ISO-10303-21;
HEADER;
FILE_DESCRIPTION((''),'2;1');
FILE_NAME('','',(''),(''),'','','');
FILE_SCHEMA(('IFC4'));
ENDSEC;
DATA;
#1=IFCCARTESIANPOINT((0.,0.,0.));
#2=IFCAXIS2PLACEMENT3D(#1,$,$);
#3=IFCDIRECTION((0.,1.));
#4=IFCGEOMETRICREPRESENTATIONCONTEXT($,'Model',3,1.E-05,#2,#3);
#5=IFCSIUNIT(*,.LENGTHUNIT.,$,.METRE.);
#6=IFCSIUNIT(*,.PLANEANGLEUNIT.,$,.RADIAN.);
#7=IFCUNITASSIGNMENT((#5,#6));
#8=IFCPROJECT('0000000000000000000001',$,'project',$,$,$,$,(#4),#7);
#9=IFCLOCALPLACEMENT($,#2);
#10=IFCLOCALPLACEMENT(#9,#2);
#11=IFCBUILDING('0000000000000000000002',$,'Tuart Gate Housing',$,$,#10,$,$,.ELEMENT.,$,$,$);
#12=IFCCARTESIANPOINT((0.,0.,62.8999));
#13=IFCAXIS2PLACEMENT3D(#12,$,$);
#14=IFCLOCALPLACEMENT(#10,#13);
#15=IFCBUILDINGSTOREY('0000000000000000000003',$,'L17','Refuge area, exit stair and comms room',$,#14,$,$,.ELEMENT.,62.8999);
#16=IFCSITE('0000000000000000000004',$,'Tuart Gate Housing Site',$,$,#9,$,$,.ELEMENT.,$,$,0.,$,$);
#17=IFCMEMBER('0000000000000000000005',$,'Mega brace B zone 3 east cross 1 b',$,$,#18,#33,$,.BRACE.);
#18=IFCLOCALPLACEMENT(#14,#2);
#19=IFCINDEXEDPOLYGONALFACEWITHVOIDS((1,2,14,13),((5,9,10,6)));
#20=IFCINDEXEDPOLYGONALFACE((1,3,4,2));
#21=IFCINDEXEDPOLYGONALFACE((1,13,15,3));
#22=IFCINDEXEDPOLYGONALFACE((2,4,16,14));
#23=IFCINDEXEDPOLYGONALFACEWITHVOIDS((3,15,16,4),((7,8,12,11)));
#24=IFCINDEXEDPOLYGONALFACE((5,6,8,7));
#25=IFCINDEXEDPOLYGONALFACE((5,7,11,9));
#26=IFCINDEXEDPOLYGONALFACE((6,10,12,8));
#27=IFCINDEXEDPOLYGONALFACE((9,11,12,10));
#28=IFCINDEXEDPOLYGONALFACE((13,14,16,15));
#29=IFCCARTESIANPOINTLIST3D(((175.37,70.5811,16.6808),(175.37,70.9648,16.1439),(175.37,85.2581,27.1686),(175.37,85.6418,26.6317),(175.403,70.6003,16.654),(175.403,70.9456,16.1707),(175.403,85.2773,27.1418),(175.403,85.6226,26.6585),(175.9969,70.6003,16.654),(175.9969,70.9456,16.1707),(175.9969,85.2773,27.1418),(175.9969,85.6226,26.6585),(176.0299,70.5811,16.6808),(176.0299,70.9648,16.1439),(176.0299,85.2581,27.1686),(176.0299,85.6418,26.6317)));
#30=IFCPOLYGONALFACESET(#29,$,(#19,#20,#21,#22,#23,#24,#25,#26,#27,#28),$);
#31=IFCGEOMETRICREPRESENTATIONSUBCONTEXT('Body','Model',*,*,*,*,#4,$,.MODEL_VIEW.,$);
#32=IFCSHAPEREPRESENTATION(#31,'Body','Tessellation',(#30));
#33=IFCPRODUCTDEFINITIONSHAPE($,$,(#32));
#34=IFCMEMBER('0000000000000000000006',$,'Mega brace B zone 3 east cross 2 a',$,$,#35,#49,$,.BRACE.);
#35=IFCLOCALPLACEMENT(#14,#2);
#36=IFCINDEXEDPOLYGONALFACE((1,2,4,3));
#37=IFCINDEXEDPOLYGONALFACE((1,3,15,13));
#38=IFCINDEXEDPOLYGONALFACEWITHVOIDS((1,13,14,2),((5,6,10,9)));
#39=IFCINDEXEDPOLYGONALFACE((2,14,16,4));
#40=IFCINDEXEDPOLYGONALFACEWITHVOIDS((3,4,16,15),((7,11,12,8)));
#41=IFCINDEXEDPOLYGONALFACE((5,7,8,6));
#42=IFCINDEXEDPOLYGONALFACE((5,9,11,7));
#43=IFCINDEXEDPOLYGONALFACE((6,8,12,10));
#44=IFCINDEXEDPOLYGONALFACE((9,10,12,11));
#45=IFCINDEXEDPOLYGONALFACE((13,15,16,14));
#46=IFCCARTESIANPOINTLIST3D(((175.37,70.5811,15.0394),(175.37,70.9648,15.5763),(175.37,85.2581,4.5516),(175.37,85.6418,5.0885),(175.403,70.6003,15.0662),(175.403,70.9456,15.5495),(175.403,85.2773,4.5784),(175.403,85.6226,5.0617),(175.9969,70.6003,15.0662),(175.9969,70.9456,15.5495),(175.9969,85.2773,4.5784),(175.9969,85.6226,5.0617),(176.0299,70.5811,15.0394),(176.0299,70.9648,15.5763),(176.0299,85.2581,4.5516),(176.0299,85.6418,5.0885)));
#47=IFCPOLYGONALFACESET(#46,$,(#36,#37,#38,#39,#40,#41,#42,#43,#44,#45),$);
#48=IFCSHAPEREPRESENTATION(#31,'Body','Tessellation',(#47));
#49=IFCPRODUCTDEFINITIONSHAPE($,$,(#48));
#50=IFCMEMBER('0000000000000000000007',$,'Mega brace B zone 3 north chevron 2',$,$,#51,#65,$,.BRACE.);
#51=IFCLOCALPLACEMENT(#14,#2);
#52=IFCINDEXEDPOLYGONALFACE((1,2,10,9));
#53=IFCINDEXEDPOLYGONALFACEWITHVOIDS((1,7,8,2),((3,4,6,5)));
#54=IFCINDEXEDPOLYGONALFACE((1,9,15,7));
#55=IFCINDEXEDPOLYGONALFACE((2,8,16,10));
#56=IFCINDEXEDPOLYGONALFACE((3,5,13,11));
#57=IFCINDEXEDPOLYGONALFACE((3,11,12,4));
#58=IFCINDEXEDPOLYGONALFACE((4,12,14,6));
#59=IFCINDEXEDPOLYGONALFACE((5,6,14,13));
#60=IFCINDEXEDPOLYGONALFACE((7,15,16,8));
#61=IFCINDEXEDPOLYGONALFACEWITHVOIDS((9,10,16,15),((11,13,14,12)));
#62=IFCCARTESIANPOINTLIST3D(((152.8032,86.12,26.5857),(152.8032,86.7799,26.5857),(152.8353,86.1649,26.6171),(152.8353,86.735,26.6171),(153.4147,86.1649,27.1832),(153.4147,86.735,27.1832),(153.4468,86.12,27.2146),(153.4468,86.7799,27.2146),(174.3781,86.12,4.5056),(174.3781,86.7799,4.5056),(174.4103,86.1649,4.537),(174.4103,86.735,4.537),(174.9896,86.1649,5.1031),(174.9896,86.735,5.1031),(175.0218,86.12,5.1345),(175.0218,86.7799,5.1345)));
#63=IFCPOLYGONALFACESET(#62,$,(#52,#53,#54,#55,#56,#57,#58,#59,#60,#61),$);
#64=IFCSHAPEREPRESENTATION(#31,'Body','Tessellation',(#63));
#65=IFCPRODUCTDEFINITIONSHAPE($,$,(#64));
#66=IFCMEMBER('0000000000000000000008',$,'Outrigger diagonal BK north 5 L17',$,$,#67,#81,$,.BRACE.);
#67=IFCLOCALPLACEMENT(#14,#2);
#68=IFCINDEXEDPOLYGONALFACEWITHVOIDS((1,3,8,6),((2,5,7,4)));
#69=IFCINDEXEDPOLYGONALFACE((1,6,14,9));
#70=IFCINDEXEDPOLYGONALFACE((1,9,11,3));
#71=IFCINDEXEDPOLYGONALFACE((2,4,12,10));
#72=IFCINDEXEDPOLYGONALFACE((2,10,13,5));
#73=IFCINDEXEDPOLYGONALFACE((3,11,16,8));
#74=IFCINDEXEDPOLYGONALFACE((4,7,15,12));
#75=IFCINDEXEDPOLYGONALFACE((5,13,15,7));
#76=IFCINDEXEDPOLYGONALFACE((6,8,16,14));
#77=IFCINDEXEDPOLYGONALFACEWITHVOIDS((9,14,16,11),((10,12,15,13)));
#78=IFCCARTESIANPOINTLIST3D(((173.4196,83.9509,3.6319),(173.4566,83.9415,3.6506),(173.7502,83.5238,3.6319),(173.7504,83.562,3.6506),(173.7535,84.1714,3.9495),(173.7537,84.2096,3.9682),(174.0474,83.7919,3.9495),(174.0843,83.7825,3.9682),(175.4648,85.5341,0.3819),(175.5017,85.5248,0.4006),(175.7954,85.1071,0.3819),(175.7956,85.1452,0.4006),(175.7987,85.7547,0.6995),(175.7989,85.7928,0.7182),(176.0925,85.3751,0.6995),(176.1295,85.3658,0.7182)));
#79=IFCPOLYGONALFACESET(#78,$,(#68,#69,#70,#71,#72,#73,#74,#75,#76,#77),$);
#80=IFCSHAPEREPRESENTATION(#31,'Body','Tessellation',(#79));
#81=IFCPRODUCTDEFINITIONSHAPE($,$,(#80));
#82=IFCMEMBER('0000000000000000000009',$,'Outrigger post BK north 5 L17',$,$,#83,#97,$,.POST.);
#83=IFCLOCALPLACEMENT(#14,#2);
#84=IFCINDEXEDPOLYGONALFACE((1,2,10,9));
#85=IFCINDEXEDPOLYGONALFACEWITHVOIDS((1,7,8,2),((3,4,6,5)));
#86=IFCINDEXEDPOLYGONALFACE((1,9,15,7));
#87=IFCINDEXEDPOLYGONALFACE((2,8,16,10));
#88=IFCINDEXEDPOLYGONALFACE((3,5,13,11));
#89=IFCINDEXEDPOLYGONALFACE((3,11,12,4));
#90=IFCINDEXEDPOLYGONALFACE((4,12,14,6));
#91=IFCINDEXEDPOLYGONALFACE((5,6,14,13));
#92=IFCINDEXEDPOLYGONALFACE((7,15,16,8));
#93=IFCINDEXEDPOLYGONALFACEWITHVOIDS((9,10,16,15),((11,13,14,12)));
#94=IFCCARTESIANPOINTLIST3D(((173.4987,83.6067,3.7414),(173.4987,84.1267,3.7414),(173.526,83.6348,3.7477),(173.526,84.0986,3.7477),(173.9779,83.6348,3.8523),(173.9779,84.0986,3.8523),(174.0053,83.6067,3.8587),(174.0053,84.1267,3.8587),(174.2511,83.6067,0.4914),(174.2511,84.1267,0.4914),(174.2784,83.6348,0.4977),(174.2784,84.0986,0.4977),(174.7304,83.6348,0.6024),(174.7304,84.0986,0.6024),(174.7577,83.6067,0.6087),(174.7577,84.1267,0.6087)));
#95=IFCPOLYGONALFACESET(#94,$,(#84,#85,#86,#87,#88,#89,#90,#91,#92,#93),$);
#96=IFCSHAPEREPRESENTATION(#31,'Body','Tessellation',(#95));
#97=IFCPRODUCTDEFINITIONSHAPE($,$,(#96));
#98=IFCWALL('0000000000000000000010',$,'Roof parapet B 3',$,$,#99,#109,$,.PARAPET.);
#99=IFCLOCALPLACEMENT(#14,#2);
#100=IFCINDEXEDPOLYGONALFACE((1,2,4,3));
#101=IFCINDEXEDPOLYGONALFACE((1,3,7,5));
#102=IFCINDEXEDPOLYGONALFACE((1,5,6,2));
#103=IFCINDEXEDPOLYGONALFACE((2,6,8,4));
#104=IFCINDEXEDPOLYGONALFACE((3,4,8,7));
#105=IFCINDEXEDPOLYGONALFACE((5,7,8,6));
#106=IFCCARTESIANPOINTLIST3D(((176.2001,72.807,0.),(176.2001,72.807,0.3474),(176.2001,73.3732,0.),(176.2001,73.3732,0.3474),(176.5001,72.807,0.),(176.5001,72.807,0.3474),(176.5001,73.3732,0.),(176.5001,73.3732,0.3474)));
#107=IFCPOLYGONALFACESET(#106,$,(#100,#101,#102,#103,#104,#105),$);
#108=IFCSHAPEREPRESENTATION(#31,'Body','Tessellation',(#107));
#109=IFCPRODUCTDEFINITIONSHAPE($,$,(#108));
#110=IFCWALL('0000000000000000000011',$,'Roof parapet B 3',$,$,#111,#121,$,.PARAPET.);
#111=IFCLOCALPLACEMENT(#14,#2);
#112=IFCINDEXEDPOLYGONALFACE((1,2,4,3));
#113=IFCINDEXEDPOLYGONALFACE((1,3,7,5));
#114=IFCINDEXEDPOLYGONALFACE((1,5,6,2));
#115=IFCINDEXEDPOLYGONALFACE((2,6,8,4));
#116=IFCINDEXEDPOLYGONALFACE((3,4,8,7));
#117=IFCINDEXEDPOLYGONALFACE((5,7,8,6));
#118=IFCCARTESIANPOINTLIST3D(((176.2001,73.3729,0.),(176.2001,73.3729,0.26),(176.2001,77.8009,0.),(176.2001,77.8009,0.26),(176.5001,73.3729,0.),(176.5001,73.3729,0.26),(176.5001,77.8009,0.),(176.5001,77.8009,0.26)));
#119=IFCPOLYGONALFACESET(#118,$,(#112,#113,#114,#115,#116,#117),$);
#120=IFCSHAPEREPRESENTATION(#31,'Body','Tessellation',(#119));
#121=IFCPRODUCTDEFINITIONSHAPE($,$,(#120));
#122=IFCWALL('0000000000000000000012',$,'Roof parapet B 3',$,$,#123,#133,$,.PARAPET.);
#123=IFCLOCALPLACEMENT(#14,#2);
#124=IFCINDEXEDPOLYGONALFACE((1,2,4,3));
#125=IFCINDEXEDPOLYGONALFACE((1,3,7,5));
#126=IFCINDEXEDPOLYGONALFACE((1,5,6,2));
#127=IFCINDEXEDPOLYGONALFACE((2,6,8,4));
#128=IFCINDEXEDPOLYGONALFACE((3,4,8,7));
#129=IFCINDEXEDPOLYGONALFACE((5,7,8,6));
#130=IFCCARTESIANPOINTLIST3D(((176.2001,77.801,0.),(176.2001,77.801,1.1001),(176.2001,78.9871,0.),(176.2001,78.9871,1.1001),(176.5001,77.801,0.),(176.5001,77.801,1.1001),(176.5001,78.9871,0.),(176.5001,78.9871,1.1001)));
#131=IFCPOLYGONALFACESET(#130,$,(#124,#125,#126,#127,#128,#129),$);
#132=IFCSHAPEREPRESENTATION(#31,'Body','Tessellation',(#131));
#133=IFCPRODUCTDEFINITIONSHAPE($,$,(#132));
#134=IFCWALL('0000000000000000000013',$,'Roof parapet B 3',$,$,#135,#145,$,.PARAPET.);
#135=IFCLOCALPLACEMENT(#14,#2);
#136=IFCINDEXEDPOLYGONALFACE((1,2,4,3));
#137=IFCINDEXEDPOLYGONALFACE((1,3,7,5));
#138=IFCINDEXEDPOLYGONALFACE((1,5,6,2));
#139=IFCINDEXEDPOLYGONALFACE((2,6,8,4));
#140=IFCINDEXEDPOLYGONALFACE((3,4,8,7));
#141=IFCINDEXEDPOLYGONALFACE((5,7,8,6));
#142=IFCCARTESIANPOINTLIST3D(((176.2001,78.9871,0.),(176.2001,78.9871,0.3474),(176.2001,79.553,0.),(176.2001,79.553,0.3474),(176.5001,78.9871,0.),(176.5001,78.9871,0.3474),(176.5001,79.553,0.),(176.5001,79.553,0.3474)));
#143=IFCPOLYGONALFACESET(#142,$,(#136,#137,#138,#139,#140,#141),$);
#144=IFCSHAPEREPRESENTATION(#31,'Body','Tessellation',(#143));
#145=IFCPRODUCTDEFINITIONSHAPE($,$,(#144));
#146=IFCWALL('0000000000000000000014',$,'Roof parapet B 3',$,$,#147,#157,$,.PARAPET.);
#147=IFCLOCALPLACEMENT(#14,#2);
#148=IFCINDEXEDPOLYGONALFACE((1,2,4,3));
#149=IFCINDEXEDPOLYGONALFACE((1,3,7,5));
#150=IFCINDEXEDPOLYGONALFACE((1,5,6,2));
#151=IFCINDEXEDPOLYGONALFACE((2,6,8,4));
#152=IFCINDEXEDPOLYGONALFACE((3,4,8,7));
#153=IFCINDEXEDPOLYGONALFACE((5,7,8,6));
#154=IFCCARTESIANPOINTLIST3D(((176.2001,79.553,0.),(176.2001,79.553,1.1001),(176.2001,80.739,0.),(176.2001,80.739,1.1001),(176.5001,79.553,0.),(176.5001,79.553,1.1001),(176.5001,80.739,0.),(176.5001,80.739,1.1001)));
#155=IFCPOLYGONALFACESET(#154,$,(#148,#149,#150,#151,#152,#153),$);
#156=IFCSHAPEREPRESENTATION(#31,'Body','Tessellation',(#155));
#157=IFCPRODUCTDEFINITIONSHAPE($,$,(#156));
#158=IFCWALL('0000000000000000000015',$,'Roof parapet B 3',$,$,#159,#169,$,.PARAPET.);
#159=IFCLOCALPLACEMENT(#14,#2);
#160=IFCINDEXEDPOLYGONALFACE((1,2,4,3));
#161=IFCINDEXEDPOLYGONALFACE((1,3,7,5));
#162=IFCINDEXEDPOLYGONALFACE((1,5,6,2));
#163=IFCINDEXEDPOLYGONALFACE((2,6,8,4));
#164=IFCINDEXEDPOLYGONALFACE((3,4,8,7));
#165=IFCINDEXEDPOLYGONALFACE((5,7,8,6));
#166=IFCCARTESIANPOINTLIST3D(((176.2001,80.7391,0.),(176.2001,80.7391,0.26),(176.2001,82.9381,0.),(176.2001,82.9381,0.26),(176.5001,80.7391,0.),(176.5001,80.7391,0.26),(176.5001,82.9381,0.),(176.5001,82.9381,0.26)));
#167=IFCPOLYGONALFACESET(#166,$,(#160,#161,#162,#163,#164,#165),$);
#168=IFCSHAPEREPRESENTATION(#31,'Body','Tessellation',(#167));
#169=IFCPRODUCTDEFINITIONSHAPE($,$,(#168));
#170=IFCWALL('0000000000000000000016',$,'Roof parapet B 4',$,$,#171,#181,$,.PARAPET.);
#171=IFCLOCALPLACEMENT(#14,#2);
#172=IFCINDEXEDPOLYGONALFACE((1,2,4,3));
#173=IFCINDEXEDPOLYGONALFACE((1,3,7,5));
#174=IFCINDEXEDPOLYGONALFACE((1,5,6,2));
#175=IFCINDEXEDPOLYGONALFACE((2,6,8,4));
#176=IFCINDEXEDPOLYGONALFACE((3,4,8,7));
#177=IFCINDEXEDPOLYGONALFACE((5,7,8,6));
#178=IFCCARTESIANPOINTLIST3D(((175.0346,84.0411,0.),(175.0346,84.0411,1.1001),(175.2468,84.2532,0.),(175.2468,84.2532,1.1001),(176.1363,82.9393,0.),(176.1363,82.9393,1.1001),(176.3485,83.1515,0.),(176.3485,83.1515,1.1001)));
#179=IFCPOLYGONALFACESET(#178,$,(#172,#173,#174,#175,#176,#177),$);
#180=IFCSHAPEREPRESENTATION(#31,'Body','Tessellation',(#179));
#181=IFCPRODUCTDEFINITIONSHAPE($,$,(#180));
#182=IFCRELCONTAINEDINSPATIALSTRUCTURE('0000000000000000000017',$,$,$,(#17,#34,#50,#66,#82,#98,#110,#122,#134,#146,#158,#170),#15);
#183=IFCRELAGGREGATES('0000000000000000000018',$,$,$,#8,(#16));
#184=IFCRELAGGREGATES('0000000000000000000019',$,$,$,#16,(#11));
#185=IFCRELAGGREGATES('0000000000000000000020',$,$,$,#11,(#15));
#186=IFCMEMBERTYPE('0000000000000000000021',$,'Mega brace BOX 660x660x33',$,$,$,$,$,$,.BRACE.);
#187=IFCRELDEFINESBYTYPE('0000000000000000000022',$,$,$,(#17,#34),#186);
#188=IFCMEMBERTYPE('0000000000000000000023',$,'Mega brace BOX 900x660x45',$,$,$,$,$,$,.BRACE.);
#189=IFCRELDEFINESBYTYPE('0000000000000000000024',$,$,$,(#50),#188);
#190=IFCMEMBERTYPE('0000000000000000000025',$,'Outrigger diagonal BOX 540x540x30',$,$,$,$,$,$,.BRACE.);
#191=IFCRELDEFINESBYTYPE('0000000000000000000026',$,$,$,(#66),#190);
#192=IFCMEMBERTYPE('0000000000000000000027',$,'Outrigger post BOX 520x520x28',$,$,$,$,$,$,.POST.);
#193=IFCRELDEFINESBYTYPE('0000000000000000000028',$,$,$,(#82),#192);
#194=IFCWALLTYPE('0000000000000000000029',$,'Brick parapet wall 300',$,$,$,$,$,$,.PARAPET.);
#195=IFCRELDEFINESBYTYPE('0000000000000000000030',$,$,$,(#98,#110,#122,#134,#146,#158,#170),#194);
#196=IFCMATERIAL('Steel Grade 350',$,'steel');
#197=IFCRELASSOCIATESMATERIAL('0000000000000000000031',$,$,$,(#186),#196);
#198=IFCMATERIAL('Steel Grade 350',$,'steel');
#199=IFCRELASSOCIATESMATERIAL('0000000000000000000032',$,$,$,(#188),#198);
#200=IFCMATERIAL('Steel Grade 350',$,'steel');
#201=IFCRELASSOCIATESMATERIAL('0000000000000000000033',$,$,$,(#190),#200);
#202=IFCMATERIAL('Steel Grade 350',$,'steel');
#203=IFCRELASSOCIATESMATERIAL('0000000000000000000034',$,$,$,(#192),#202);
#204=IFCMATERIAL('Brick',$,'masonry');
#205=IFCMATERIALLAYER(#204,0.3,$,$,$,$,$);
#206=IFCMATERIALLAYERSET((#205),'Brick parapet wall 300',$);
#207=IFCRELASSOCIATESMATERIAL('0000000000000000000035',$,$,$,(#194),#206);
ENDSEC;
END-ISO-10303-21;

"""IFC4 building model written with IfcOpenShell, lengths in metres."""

from ifc_helpers import new_model, si_unit, direction, frame, frame_2d, origin, origin_2d, place, context, subcontext, project, spatial, rectangle, hollow_rectangle, extrude, material, layer, layer_set, material_profile, profile_set, type_object, element, save


model = new_model("IFC4")

# Units and contexts
model_context = context("Model", 3, precision=1e-05, world=origin(), true_north=direction((0.0, 1.0)))
body_context = subcontext(model_context, "Body", "Model", "MODEL_VIEW")
ifc_project = project(units=[si_unit("LENGTHUNIT", "METRE"), si_unit("PLANEANGLEUNIT", "RADIAN")], contexts=[model_context])

# Site, building, storey
site_placement = place(None, origin())
site = spatial("IfcSite", under=ifc_project, at=site_placement, Name="Tuart Gate Housing Site", CompositionType="ELEMENT", RefElevation=0.0)
building_placement = place(site_placement, origin())
building = spatial("IfcBuilding", under=site, at=building_placement, Name="Tuart Gate Housing", CompositionType="ELEMENT")
storey_placement = place(building_placement, frame((0.0, 0.0, 62.8999)))
storey = spatial("IfcBuildingStorey", under=building, at=storey_placement, Name="L17", Description="Refuge area, exit stair and comms room", CompositionType="ELEMENT", Elevation=62.8999)

# Members
ifc_material_1 = material(Name="Steel Grade 350", Category="steel")
ifc_material_profile_1 = material_profile(ifc_material_1, hollow_rectangle(XDim=0.6599, YDim=0.6599, WallThickness=0.033, at=origin_2d()), Name="BOX 660x660x33")
ifc_profile_set_1 = profile_set([ifc_material_profile_1], Name="Steel Grade 350")
member_type_1 = type_object("IfcMemberType", Name="Mega brace BOX 660x660x33", PredefinedType="BRACE", material=ifc_profile_set_1)
for number, where, z_axis, x_axis, name in (
    (1, (175.7, 70.7729, 16.4124), (0.0, 0.813623, 0.581393), (-1.0, 0.0, 0.0), "Mega brace B zone 3 east cross 1 b"),
    (2, (175.7, 85.45, 4.8201), (0.0, -0.813623, 0.581393), (1.0, 0.0, 0.0), "Mega brace B zone 3 east cross 2 a"),
):
    element("IfcMember", number, at=place(storey_placement, frame(where, z_axis=z_axis, x_axis=x_axis)), inside=storey, type_object=member_type_1, Name=name, PredefinedType="BRACE", context=body_context, shape_type="SweptSolid", body=[
        extrude(hollow_rectangle(XDim=0.6599, YDim=0.6599, WallThickness=0.033, at=origin_2d()), origin(), (0.0, 0.0, 1.0), 18.0391),
    ])
ifc_material_2 = material(Name="Steel Grade 350", Category="steel")
ifc_material_profile_2 = material_profile(ifc_material_2, hollow_rectangle(XDim=0.6599, YDim=0.8999, WallThickness=0.0449, at=origin_2d()), Name="BOX 900x660x45")
ifc_profile_set_2 = profile_set([ifc_material_profile_2], Name="Steel Grade 350")
member_type_2 = type_object("IfcMemberType", Name="Mega brace BOX 900x660x45", PredefinedType="BRACE", material=ifc_profile_set_2)
member_1_placement = place(storey_placement, frame((174.7, 86.45, 4.8201), z_axis=(-0.698878, 0.0, 0.715241), x_axis=(0.0, -1.0, 0.0)))
element("IfcMember", 3, at=member_1_placement, inside=storey, type_object=member_type_2, Name="Mega brace B zone 3 north chevron 2", PredefinedType="BRACE", context=body_context, shape_type="SweptSolid", body=[
    extrude(hollow_rectangle(XDim=0.6599, YDim=0.8999, WallThickness=0.0449, at=origin_2d()), origin(), (0.0, 0.0, 1.0), 30.8708),
])
ifc_material_3 = material(Name="Steel Grade 350", Category="steel")
ifc_material_profile_3 = material_profile(ifc_material_3, hollow_rectangle(XDim=0.54, YDim=0.54, WallThickness=0.03, at=origin_2d()), Name="BOX 540x540x30")
ifc_profile_set_3 = profile_set([ifc_material_profile_3], Name="Steel Grade 350")
member_type_3 = type_object("IfcMemberType", Name="Outrigger diagonal BOX 540x540x30", PredefinedType="BRACE", material=ifc_profile_set_3)
member_2_placement = place(storey_placement, frame((173.752, 83.8667, 3.8), z_axis=(0.492391, 0.381181, -0.782465), x_axis=(-0.612148, 0.790743, 0.0)))
element("IfcMember", 4, at=member_2_placement, inside=storey, type_object=member_type_3, Name="Outrigger diagonal BK north 5 L17", PredefinedType="BRACE", context=body_context, shape_type="SweptSolid", body=[
    extrude(hollow_rectangle(XDim=0.54, YDim=0.54, WallThickness=0.03, at=origin_2d()), origin(), (0.0, 0.0, 1.0), 4.1536),
])
ifc_material_4 = material(Name="Steel Grade 350", Category="steel")
ifc_material_profile_4 = material_profile(ifc_material_4, hollow_rectangle(XDim=0.52, YDim=0.52, WallThickness=0.0281, at=origin_2d()), Name="BOX 520x520x28")
ifc_profile_set_4 = profile_set([ifc_material_profile_4], Name="Steel Grade 350")
member_type_4 = type_object("IfcMemberType", Name="Outrigger post BOX 520x520x28", PredefinedType="POST", material=ifc_profile_set_4)
member_3_placement = place(storey_placement, frame((174.5044, 83.8667, 0.55), z_axis=(-0.225554, 0.0, 0.974231), x_axis=(0.0, -1.0, 0.0)))
element("IfcMember", 5, at=member_3_placement, inside=storey, type_object=member_type_4, Name="Outrigger post BK north 5 L17", PredefinedType="POST", context=body_context, shape_type="SweptSolid", body=[
    extrude(hollow_rectangle(XDim=0.52, YDim=0.52, WallThickness=0.0281, at=origin_2d()), origin(), (0.0, 0.0, 1.0), 3.3359),
])

# Walls
ifc_material_5 = material(Name="Brick", Category="masonry")
ifc_layer_1 = layer(ifc_material_5, 0.3)
ifc_layer_set_1 = layer_set([ifc_layer_1], Name="Brick parapet wall 300")
wall_type_1 = type_object("IfcWallType", Name="Brick parapet wall 300", PredefinedType="PARAPET", material=ifc_layer_set_1)
wall_1_placement = place(storey_placement, frame((176.3501, 72.8069, 0.0), z_axis=(0.0, 0.0, 1.0), x_axis=(0.0, 1.0, 0.0)))
element("IfcWall", 6, at=wall_1_placement, inside=storey, type_object=wall_type_1, Name="Roof parapet B 3", PredefinedType="PARAPET", context=body_context, shape_type="SweptSolid", body=[
    extrude(rectangle(XDim=0.5662, YDim=0.3, at=frame_2d((0.2832, 0.0))), origin(), (0.0, 0.0, 1.0), 0.3474),
])
wall_2_placement = place(storey_placement, frame((176.3501, 73.373, 0.0), z_axis=(0.0, 0.0, 1.0), x_axis=(0.0, 1.0, 0.0)))
element("IfcWall", 7, at=wall_2_placement, inside=storey, type_object=wall_type_1, Name="Roof parapet B 3", PredefinedType="PARAPET", context=body_context, shape_type="SweptSolid", body=[
    extrude(rectangle(XDim=4.428, YDim=0.3, at=frame_2d((2.2139, 0.0))), origin(), (0.0, 0.0, 1.0), 0.26),
])
wall_3_placement = place(storey_placement, frame((176.3501, 77.801, 0.0), z_axis=(0.0, 0.0, 1.0), x_axis=(0.0, 1.0, 0.0)))
element("IfcWall", 8, at=wall_3_placement, inside=storey, type_object=wall_type_1, Name="Roof parapet B 3", PredefinedType="PARAPET", context=body_context, shape_type="SweptSolid", body=[
    extrude(rectangle(XDim=1.186, YDim=0.3, at=frame_2d((0.593, 0.0))), origin(), (0.0, 0.0, 1.0), 1.1001),
])
wall_4_placement = place(storey_placement, frame((176.3501, 78.9871, 0.0), z_axis=(0.0, 0.0, 1.0), x_axis=(0.0, 1.0, 0.0)))
element("IfcWall", 9, at=wall_4_placement, inside=storey, type_object=wall_type_1, Name="Roof parapet B 3", PredefinedType="PARAPET", context=body_context, shape_type="SweptSolid", body=[
    extrude(rectangle(XDim=0.5659, YDim=0.3, at=frame_2d((0.283, 0.0))), origin(), (0.0, 0.0, 1.0), 0.3474),
])
wall_5_placement = place(storey_placement, frame((176.3501, 79.553, 0.0), z_axis=(0.0, 0.0, 1.0), x_axis=(0.0, 1.0, 0.0)))
element("IfcWall", 10, at=wall_5_placement, inside=storey, type_object=wall_type_1, Name="Roof parapet B 3", PredefinedType="PARAPET", context=body_context, shape_type="SweptSolid", body=[
    extrude(rectangle(XDim=1.186, YDim=0.3, at=frame_2d((0.593, 0.0))), origin(), (0.0, 0.0, 1.0), 1.1001),
])
wall_6_placement = place(storey_placement, frame((176.3501, 80.739, 0.0), z_axis=(0.0, 0.0, 1.0), x_axis=(0.0, 1.0, 0.0)))
element("IfcWall", 11, at=wall_6_placement, inside=storey, type_object=wall_type_1, Name="Roof parapet B 3", PredefinedType="PARAPET", context=body_context, shape_type="SweptSolid", body=[
    extrude(rectangle(XDim=2.199, YDim=0.3, at=frame_2d((1.0996, 0.0))), origin(), (0.0, 0.0, 1.0), 0.26),
])
wall_7_placement = place(storey_placement, frame((176.2424, 83.0454, 0.0), z_axis=(0.0, 0.0, 1.0), x_axis=(-0.707107, 0.707107, 0.0)))
element("IfcWall", 12, at=wall_7_placement, inside=storey, type_object=wall_type_1, Name="Roof parapet B 4", PredefinedType="PARAPET", context=body_context, shape_type="SweptSolid", body=[
    extrude(rectangle(XDim=1.5581, YDim=0.3, at=frame_2d((0.7791, 0.0))), origin(), (0.0, 0.0, 1.0), 1.1001),
])

save(model, "model.ifc")
